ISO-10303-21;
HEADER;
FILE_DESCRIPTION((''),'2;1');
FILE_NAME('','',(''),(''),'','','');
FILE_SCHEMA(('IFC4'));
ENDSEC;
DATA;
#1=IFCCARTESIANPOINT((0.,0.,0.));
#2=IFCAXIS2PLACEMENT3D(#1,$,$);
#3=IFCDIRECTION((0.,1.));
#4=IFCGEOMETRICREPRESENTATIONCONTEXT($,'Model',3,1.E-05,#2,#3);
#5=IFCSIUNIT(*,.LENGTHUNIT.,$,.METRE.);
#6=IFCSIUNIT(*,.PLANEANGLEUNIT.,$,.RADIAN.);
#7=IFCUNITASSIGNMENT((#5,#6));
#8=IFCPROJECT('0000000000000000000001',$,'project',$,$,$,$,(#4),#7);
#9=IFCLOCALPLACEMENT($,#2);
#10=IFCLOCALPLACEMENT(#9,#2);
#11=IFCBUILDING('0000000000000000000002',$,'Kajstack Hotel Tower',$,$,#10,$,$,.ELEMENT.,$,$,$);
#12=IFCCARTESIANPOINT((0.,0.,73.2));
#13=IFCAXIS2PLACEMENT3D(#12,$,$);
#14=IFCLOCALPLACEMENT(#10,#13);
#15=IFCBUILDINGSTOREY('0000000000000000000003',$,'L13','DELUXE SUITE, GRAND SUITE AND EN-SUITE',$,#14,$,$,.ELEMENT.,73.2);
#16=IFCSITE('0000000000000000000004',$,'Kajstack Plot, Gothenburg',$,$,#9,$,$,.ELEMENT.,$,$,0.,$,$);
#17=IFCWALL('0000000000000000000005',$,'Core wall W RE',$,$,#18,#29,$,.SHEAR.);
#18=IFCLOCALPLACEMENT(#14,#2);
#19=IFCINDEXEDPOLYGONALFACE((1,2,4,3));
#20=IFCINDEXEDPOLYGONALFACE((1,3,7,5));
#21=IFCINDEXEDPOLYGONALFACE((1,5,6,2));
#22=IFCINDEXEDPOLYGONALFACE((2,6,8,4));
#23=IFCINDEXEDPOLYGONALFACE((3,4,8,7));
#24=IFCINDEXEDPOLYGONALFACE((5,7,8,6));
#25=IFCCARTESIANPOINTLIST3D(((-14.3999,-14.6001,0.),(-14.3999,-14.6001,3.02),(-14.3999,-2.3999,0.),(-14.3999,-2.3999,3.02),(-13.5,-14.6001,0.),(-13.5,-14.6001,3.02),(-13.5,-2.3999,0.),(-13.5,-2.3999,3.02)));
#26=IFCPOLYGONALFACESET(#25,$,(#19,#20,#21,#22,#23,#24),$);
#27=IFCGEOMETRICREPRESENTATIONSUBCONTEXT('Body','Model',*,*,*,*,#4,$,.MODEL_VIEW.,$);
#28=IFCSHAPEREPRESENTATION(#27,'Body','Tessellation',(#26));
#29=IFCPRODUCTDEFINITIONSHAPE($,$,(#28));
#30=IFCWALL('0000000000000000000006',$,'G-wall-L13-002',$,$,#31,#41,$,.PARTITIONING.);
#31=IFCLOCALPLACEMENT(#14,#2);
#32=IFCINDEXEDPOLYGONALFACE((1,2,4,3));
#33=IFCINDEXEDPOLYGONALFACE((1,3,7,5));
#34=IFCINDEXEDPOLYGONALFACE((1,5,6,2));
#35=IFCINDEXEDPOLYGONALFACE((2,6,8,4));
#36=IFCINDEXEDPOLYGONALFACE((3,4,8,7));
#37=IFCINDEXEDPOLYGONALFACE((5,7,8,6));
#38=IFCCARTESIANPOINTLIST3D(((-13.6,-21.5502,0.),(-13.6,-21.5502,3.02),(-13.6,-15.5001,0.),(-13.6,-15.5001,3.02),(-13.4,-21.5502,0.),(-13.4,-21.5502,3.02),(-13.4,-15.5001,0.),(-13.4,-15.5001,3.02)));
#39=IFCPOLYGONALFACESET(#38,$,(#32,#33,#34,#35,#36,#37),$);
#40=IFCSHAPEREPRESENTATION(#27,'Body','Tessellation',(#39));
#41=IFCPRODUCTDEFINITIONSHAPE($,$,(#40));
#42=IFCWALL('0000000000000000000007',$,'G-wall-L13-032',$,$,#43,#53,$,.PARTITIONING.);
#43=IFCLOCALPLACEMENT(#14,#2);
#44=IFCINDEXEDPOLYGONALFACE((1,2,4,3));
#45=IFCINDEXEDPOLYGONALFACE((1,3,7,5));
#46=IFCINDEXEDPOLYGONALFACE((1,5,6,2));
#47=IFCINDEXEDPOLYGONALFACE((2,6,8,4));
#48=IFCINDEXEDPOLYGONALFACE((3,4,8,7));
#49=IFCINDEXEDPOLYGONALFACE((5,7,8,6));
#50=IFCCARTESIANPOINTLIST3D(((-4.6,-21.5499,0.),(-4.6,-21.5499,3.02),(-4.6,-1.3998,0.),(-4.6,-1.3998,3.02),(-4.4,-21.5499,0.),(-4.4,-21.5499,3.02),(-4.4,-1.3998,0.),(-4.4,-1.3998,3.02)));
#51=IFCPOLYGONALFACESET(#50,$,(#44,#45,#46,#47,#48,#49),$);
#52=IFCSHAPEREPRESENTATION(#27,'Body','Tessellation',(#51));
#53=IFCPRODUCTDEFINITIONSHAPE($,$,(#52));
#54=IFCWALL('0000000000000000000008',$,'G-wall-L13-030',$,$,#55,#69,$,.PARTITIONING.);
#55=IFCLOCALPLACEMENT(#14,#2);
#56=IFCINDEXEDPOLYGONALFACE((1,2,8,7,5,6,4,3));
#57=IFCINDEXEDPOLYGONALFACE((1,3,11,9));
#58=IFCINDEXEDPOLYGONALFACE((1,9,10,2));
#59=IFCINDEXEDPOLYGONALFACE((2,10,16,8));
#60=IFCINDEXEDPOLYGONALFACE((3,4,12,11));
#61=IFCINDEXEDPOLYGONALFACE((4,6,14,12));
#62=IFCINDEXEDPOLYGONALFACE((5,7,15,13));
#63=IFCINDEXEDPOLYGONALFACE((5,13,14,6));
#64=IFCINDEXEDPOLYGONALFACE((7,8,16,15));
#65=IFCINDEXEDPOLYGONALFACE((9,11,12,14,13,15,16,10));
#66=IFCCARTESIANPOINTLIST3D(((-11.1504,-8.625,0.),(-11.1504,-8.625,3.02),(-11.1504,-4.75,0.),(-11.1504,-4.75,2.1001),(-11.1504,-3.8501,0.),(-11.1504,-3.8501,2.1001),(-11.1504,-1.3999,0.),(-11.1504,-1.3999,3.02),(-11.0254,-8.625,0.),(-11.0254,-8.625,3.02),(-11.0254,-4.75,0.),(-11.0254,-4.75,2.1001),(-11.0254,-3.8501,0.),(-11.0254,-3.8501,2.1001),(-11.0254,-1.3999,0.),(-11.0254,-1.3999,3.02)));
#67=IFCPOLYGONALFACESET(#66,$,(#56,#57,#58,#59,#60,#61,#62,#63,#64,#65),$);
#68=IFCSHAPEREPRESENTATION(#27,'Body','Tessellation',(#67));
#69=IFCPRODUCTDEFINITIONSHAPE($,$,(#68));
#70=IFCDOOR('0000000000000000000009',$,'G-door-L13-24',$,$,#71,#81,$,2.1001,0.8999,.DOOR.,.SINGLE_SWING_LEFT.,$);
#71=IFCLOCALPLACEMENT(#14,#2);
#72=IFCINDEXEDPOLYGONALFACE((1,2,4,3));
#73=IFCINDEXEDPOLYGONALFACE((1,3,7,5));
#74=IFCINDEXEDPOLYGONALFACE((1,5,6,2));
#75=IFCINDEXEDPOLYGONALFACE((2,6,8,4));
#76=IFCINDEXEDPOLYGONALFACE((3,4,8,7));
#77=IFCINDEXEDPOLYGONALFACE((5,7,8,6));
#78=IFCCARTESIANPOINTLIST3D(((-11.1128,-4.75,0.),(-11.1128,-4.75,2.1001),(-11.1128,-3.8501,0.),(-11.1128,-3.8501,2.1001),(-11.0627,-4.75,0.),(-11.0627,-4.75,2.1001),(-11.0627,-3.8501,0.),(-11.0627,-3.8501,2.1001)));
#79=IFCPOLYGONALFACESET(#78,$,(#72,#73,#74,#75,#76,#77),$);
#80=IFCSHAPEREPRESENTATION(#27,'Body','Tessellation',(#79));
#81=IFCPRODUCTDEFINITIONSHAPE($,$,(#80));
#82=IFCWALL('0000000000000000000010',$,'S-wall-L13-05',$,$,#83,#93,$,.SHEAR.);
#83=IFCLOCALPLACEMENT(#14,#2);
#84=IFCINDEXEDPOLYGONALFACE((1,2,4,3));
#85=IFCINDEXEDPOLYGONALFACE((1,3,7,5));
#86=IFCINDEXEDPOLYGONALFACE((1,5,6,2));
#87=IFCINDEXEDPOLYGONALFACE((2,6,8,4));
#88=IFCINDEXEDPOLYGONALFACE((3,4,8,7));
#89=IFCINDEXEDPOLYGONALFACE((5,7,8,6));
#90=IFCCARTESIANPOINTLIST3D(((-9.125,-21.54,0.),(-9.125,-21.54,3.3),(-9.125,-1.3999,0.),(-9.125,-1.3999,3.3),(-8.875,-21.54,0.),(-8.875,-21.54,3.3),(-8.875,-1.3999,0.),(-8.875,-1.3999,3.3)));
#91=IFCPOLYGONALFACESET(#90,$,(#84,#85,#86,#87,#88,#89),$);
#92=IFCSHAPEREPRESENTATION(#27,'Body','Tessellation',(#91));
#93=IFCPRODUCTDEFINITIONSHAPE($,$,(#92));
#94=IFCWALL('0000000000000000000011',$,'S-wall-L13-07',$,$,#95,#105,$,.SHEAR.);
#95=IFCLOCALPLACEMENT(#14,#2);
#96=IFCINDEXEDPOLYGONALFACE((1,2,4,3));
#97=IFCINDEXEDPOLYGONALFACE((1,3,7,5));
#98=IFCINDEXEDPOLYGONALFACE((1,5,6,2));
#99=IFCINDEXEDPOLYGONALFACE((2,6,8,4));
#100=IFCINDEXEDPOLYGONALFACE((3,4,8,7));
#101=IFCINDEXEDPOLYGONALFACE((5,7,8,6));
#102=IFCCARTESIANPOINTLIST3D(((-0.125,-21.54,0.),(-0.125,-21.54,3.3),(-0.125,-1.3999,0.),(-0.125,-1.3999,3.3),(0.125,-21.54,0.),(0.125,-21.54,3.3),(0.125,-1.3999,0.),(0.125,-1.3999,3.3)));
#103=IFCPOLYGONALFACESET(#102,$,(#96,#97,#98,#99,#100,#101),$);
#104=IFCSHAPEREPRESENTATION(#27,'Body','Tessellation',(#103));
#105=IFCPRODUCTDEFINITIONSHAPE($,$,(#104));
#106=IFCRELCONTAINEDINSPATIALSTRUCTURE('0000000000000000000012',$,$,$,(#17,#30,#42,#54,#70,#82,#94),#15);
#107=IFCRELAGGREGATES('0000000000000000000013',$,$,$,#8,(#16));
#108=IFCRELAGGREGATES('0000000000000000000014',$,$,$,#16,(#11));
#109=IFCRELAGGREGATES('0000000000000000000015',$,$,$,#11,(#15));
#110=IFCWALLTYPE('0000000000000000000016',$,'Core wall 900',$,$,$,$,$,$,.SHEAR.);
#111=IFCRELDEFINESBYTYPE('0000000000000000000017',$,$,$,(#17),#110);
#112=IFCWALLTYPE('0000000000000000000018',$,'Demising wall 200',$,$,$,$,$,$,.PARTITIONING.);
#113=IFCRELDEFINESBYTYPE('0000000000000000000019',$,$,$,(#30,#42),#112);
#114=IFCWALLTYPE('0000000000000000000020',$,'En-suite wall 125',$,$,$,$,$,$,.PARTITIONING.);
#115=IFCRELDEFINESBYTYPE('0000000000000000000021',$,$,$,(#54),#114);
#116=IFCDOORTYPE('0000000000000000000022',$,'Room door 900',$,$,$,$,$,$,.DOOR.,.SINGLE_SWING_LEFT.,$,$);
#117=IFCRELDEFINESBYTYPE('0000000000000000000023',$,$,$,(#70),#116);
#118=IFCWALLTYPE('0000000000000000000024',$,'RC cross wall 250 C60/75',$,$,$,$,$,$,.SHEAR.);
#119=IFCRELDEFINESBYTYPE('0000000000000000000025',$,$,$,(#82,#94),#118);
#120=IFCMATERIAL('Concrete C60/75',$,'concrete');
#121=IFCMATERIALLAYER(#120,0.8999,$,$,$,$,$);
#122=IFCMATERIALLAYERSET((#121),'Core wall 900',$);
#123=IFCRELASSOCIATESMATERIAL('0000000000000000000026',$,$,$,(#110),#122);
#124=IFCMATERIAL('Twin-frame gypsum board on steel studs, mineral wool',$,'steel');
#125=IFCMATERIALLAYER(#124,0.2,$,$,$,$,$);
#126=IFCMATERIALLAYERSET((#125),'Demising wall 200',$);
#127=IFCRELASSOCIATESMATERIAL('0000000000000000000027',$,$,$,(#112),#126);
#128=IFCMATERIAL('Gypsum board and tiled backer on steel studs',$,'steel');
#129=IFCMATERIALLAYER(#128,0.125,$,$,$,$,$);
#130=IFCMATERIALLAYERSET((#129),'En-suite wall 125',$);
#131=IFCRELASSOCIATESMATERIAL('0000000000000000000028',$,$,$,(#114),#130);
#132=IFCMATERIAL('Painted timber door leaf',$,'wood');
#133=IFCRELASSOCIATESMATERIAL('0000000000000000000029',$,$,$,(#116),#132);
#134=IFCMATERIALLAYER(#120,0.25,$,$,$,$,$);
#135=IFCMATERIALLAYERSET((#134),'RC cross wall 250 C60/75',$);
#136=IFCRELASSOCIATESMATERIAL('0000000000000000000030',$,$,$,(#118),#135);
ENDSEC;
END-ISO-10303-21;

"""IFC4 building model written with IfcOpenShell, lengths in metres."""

from ifc_helpers import new_model, si_unit, direction, frame, frame_2d, origin, place, context, subcontext, project, spatial, rectangle, extrude, material, layer, layer_set, type_object, element, fill, save


model = new_model("IFC4")

# Units and contexts
model_context = context("Model", 3, precision=1e-05, world=origin(), true_north=direction((0.0, 1.0)))
body_context = subcontext(model_context, "Body", "Model", "MODEL_VIEW")
ifc_project = project(units=[si_unit("LENGTHUNIT", "METRE"), si_unit("PLANEANGLEUNIT", "RADIAN")], contexts=[model_context])

# Site, building, storey
site_placement = place(None, origin())
site = spatial("IfcSite", under=ifc_project, at=site_placement, Name="Kajstack Plot, Gothenburg", CompositionType="ELEMENT", RefElevation=0.0)
building_placement = place(site_placement, origin())
building = spatial("IfcBuilding", under=site, at=building_placement, Name="Kajstack Hotel Tower", CompositionType="ELEMENT")
storey_placement = place(building_placement, frame((0.0, 0.0, 73.2)))
storey = spatial("IfcBuildingStorey", under=building, at=storey_placement, Name="L13", Description="DELUXE SUITE, GRAND SUITE AND EN-SUITE", CompositionType="ELEMENT", Elevation=73.2)

# Walls
ifc_material_1 = material(Name="Concrete C60/75", Category="concrete")
ifc_layer_1 = layer(ifc_material_1, 0.8999)
ifc_layer_set_1 = layer_set([ifc_layer_1], Name="Core wall 900")
wall_type_1 = type_object("IfcWallType", Name="Core wall 900", PredefinedType="SHEAR", material=ifc_layer_set_1)
wall_1_placement = place(storey_placement, frame((-13.95, -14.6001, 0.0), z_axis=(0.0, 0.0, 1.0), x_axis=(0.0, 1.0, 0.0)))
element("IfcWall", 1, at=wall_1_placement, inside=storey, type_object=wall_type_1, Name="Core wall W RE", PredefinedType="SHEAR", context=body_context, shape_type="SweptSolid", body=[
    extrude(rectangle(XDim=12.2002, YDim=0.8999, at=frame_2d((6.1001, 0.0))), origin(), (0.0, 0.0, 1.0), 3.02),
])
ifc_material_2 = material(Name="Twin-frame gypsum board on steel studs, mineral wool", Category="steel")
ifc_layer_2 = layer(ifc_material_2, 0.2)
ifc_layer_set_2 = layer_set([ifc_layer_2], Name="Demising wall 200")
wall_type_2 = type_object("IfcWallType", Name="Demising wall 200", PredefinedType="PARTITIONING", material=ifc_layer_set_2)
wall_2_placement = place(storey_placement, frame((-13.5, -21.55, 0.0), z_axis=(0.0, 0.0, 1.0), x_axis=(0.0, 1.0, 0.0)))
element("IfcWall", 2, at=wall_2_placement, inside=storey, type_object=wall_type_2, Name="G-wall-L13-002", PredefinedType="PARTITIONING", context=body_context, shape_type="SweptSolid", body=[
    extrude(rectangle(XDim=6.05, YDim=0.2, at=frame_2d((3.0249, 0.0))), origin(), (0.0, 0.0, 1.0), 3.02),
])
wall_3_placement = place(storey_placement, frame((-4.5, -21.55, 0.0), z_axis=(0.0, 0.0, 1.0), x_axis=(0.0, 1.0, 0.0)))
element("IfcWall", 3, at=wall_3_placement, inside=storey, type_object=wall_type_2, Name="G-wall-L13-032", PredefinedType="PARTITIONING", context=body_context, shape_type="SweptSolid", body=[
    extrude(rectangle(XDim=20.1501, YDim=0.2, at=frame_2d((10.0752, 0.0))), origin(), (0.0, 0.0, 1.0), 3.02),
])

# Wall, opening, door
ifc_material_3 = material(Name="Gypsum board and tiled backer on steel studs", Category="steel")
ifc_layer_3 = layer(ifc_material_3, 0.125)
ifc_layer_set_3 = layer_set([ifc_layer_3], Name="En-suite wall 125")
wall_type_3 = type_object("IfcWallType", Name="En-suite wall 125", PredefinedType="PARTITIONING", material=ifc_layer_set_3)
wall_4_placement = place(storey_placement, frame((-11.0879, -8.625, 0.0), z_axis=(0.0, 0.0, 1.0), x_axis=(0.0, 1.0, 0.0)))
wall_4 = element("IfcWall", 4, at=wall_4_placement, inside=storey, type_object=wall_type_3, Name="G-wall-L13-030", PredefinedType="PARTITIONING", context=body_context, shape_type="SweptSolid", body=[
    extrude(rectangle(XDim=7.2251, YDim=0.125, at=frame_2d((3.6125, 0.0))), origin(), (0.0, 0.0, 1.0), 3.02),
])
opening_1_placement = place(wall_4_placement, frame((3.875, 0.0, 0.0)))
opening_1 = element("IfcOpeningElement", 5, at=opening_1_placement, cuts=wall_4, PredefinedType="OPENING", context=body_context, shape_type="SweptSolid", body=[
    extrude(rectangle(XDim=0.8999, YDim=2.1001, at=frame_2d((0.45, 1.05))), frame((0.0, 0.0725, 0.0), z_axis=(0.0, -1.0, 0.0), x_axis=(1.0, 0.0, 0.0)), (0.0, 0.0, 1.0), 0.145),
])
ifc_material_4 = material(Name="Painted timber door leaf", Category="wood")
door_type = type_object("IfcDoorType", Name="Room door 900", OperationType="SINGLE_SWING_LEFT", PredefinedType="DOOR", material=ifc_material_4)
door_placement = place(opening_1_placement, origin())
door = element("IfcDoor", 6, at=door_placement, inside=storey, type_object=door_type, Name="G-door-L13-24", OperationType="SINGLE_SWING_LEFT", OverallHeight=2.1001, OverallWidth=0.8999, PredefinedType="DOOR", context=body_context, shape_type="SweptSolid", body=[
    extrude(rectangle(XDim=0.8999, YDim=2.1001, at=frame_2d((0.45, 1.05))), frame((0.0, 0.0249, 0.0), z_axis=(0.0, -1.0, 0.0), x_axis=(1.0, 0.0, 0.0)), (0.0, 0.0, 1.0), 0.05),
])
fill(opening_1, door)

# Walls
ifc_layer_4 = layer(ifc_material_1, 0.25)
ifc_layer_set_4 = layer_set([ifc_layer_4], Name="RC cross wall 250 C60/75")
wall_type_4 = type_object("IfcWallType", Name="RC cross wall 250 C60/75", PredefinedType="SHEAR", material=ifc_layer_set_4)
for number, where, z_axis, x_axis, name in (
    (7, (-9.0, -21.54, 0.0), (0.0, 0.0, 1.0), (0.0, 1.0, 0.0), "S-wall-L13-05"),
    (8, (0.0, -21.54, 0.0), (0.0, 0.0, 1.0), (0.0, 1.0, 0.0), "S-wall-L13-07"),
):
    element("IfcWall", number, at=place(storey_placement, frame(where, z_axis=z_axis, x_axis=x_axis)), inside=storey, type_object=wall_type_4, Name=name, PredefinedType="SHEAR", context=body_context, shape_type="SweptSolid", body=[
        extrude(rectangle(XDim=20.1401, YDim=0.25, at=frame_2d((10.0701, 0.0))), origin(), (0.0, 0.0, 1.0), 3.3),
    ])

save(model, "model.ifc")
